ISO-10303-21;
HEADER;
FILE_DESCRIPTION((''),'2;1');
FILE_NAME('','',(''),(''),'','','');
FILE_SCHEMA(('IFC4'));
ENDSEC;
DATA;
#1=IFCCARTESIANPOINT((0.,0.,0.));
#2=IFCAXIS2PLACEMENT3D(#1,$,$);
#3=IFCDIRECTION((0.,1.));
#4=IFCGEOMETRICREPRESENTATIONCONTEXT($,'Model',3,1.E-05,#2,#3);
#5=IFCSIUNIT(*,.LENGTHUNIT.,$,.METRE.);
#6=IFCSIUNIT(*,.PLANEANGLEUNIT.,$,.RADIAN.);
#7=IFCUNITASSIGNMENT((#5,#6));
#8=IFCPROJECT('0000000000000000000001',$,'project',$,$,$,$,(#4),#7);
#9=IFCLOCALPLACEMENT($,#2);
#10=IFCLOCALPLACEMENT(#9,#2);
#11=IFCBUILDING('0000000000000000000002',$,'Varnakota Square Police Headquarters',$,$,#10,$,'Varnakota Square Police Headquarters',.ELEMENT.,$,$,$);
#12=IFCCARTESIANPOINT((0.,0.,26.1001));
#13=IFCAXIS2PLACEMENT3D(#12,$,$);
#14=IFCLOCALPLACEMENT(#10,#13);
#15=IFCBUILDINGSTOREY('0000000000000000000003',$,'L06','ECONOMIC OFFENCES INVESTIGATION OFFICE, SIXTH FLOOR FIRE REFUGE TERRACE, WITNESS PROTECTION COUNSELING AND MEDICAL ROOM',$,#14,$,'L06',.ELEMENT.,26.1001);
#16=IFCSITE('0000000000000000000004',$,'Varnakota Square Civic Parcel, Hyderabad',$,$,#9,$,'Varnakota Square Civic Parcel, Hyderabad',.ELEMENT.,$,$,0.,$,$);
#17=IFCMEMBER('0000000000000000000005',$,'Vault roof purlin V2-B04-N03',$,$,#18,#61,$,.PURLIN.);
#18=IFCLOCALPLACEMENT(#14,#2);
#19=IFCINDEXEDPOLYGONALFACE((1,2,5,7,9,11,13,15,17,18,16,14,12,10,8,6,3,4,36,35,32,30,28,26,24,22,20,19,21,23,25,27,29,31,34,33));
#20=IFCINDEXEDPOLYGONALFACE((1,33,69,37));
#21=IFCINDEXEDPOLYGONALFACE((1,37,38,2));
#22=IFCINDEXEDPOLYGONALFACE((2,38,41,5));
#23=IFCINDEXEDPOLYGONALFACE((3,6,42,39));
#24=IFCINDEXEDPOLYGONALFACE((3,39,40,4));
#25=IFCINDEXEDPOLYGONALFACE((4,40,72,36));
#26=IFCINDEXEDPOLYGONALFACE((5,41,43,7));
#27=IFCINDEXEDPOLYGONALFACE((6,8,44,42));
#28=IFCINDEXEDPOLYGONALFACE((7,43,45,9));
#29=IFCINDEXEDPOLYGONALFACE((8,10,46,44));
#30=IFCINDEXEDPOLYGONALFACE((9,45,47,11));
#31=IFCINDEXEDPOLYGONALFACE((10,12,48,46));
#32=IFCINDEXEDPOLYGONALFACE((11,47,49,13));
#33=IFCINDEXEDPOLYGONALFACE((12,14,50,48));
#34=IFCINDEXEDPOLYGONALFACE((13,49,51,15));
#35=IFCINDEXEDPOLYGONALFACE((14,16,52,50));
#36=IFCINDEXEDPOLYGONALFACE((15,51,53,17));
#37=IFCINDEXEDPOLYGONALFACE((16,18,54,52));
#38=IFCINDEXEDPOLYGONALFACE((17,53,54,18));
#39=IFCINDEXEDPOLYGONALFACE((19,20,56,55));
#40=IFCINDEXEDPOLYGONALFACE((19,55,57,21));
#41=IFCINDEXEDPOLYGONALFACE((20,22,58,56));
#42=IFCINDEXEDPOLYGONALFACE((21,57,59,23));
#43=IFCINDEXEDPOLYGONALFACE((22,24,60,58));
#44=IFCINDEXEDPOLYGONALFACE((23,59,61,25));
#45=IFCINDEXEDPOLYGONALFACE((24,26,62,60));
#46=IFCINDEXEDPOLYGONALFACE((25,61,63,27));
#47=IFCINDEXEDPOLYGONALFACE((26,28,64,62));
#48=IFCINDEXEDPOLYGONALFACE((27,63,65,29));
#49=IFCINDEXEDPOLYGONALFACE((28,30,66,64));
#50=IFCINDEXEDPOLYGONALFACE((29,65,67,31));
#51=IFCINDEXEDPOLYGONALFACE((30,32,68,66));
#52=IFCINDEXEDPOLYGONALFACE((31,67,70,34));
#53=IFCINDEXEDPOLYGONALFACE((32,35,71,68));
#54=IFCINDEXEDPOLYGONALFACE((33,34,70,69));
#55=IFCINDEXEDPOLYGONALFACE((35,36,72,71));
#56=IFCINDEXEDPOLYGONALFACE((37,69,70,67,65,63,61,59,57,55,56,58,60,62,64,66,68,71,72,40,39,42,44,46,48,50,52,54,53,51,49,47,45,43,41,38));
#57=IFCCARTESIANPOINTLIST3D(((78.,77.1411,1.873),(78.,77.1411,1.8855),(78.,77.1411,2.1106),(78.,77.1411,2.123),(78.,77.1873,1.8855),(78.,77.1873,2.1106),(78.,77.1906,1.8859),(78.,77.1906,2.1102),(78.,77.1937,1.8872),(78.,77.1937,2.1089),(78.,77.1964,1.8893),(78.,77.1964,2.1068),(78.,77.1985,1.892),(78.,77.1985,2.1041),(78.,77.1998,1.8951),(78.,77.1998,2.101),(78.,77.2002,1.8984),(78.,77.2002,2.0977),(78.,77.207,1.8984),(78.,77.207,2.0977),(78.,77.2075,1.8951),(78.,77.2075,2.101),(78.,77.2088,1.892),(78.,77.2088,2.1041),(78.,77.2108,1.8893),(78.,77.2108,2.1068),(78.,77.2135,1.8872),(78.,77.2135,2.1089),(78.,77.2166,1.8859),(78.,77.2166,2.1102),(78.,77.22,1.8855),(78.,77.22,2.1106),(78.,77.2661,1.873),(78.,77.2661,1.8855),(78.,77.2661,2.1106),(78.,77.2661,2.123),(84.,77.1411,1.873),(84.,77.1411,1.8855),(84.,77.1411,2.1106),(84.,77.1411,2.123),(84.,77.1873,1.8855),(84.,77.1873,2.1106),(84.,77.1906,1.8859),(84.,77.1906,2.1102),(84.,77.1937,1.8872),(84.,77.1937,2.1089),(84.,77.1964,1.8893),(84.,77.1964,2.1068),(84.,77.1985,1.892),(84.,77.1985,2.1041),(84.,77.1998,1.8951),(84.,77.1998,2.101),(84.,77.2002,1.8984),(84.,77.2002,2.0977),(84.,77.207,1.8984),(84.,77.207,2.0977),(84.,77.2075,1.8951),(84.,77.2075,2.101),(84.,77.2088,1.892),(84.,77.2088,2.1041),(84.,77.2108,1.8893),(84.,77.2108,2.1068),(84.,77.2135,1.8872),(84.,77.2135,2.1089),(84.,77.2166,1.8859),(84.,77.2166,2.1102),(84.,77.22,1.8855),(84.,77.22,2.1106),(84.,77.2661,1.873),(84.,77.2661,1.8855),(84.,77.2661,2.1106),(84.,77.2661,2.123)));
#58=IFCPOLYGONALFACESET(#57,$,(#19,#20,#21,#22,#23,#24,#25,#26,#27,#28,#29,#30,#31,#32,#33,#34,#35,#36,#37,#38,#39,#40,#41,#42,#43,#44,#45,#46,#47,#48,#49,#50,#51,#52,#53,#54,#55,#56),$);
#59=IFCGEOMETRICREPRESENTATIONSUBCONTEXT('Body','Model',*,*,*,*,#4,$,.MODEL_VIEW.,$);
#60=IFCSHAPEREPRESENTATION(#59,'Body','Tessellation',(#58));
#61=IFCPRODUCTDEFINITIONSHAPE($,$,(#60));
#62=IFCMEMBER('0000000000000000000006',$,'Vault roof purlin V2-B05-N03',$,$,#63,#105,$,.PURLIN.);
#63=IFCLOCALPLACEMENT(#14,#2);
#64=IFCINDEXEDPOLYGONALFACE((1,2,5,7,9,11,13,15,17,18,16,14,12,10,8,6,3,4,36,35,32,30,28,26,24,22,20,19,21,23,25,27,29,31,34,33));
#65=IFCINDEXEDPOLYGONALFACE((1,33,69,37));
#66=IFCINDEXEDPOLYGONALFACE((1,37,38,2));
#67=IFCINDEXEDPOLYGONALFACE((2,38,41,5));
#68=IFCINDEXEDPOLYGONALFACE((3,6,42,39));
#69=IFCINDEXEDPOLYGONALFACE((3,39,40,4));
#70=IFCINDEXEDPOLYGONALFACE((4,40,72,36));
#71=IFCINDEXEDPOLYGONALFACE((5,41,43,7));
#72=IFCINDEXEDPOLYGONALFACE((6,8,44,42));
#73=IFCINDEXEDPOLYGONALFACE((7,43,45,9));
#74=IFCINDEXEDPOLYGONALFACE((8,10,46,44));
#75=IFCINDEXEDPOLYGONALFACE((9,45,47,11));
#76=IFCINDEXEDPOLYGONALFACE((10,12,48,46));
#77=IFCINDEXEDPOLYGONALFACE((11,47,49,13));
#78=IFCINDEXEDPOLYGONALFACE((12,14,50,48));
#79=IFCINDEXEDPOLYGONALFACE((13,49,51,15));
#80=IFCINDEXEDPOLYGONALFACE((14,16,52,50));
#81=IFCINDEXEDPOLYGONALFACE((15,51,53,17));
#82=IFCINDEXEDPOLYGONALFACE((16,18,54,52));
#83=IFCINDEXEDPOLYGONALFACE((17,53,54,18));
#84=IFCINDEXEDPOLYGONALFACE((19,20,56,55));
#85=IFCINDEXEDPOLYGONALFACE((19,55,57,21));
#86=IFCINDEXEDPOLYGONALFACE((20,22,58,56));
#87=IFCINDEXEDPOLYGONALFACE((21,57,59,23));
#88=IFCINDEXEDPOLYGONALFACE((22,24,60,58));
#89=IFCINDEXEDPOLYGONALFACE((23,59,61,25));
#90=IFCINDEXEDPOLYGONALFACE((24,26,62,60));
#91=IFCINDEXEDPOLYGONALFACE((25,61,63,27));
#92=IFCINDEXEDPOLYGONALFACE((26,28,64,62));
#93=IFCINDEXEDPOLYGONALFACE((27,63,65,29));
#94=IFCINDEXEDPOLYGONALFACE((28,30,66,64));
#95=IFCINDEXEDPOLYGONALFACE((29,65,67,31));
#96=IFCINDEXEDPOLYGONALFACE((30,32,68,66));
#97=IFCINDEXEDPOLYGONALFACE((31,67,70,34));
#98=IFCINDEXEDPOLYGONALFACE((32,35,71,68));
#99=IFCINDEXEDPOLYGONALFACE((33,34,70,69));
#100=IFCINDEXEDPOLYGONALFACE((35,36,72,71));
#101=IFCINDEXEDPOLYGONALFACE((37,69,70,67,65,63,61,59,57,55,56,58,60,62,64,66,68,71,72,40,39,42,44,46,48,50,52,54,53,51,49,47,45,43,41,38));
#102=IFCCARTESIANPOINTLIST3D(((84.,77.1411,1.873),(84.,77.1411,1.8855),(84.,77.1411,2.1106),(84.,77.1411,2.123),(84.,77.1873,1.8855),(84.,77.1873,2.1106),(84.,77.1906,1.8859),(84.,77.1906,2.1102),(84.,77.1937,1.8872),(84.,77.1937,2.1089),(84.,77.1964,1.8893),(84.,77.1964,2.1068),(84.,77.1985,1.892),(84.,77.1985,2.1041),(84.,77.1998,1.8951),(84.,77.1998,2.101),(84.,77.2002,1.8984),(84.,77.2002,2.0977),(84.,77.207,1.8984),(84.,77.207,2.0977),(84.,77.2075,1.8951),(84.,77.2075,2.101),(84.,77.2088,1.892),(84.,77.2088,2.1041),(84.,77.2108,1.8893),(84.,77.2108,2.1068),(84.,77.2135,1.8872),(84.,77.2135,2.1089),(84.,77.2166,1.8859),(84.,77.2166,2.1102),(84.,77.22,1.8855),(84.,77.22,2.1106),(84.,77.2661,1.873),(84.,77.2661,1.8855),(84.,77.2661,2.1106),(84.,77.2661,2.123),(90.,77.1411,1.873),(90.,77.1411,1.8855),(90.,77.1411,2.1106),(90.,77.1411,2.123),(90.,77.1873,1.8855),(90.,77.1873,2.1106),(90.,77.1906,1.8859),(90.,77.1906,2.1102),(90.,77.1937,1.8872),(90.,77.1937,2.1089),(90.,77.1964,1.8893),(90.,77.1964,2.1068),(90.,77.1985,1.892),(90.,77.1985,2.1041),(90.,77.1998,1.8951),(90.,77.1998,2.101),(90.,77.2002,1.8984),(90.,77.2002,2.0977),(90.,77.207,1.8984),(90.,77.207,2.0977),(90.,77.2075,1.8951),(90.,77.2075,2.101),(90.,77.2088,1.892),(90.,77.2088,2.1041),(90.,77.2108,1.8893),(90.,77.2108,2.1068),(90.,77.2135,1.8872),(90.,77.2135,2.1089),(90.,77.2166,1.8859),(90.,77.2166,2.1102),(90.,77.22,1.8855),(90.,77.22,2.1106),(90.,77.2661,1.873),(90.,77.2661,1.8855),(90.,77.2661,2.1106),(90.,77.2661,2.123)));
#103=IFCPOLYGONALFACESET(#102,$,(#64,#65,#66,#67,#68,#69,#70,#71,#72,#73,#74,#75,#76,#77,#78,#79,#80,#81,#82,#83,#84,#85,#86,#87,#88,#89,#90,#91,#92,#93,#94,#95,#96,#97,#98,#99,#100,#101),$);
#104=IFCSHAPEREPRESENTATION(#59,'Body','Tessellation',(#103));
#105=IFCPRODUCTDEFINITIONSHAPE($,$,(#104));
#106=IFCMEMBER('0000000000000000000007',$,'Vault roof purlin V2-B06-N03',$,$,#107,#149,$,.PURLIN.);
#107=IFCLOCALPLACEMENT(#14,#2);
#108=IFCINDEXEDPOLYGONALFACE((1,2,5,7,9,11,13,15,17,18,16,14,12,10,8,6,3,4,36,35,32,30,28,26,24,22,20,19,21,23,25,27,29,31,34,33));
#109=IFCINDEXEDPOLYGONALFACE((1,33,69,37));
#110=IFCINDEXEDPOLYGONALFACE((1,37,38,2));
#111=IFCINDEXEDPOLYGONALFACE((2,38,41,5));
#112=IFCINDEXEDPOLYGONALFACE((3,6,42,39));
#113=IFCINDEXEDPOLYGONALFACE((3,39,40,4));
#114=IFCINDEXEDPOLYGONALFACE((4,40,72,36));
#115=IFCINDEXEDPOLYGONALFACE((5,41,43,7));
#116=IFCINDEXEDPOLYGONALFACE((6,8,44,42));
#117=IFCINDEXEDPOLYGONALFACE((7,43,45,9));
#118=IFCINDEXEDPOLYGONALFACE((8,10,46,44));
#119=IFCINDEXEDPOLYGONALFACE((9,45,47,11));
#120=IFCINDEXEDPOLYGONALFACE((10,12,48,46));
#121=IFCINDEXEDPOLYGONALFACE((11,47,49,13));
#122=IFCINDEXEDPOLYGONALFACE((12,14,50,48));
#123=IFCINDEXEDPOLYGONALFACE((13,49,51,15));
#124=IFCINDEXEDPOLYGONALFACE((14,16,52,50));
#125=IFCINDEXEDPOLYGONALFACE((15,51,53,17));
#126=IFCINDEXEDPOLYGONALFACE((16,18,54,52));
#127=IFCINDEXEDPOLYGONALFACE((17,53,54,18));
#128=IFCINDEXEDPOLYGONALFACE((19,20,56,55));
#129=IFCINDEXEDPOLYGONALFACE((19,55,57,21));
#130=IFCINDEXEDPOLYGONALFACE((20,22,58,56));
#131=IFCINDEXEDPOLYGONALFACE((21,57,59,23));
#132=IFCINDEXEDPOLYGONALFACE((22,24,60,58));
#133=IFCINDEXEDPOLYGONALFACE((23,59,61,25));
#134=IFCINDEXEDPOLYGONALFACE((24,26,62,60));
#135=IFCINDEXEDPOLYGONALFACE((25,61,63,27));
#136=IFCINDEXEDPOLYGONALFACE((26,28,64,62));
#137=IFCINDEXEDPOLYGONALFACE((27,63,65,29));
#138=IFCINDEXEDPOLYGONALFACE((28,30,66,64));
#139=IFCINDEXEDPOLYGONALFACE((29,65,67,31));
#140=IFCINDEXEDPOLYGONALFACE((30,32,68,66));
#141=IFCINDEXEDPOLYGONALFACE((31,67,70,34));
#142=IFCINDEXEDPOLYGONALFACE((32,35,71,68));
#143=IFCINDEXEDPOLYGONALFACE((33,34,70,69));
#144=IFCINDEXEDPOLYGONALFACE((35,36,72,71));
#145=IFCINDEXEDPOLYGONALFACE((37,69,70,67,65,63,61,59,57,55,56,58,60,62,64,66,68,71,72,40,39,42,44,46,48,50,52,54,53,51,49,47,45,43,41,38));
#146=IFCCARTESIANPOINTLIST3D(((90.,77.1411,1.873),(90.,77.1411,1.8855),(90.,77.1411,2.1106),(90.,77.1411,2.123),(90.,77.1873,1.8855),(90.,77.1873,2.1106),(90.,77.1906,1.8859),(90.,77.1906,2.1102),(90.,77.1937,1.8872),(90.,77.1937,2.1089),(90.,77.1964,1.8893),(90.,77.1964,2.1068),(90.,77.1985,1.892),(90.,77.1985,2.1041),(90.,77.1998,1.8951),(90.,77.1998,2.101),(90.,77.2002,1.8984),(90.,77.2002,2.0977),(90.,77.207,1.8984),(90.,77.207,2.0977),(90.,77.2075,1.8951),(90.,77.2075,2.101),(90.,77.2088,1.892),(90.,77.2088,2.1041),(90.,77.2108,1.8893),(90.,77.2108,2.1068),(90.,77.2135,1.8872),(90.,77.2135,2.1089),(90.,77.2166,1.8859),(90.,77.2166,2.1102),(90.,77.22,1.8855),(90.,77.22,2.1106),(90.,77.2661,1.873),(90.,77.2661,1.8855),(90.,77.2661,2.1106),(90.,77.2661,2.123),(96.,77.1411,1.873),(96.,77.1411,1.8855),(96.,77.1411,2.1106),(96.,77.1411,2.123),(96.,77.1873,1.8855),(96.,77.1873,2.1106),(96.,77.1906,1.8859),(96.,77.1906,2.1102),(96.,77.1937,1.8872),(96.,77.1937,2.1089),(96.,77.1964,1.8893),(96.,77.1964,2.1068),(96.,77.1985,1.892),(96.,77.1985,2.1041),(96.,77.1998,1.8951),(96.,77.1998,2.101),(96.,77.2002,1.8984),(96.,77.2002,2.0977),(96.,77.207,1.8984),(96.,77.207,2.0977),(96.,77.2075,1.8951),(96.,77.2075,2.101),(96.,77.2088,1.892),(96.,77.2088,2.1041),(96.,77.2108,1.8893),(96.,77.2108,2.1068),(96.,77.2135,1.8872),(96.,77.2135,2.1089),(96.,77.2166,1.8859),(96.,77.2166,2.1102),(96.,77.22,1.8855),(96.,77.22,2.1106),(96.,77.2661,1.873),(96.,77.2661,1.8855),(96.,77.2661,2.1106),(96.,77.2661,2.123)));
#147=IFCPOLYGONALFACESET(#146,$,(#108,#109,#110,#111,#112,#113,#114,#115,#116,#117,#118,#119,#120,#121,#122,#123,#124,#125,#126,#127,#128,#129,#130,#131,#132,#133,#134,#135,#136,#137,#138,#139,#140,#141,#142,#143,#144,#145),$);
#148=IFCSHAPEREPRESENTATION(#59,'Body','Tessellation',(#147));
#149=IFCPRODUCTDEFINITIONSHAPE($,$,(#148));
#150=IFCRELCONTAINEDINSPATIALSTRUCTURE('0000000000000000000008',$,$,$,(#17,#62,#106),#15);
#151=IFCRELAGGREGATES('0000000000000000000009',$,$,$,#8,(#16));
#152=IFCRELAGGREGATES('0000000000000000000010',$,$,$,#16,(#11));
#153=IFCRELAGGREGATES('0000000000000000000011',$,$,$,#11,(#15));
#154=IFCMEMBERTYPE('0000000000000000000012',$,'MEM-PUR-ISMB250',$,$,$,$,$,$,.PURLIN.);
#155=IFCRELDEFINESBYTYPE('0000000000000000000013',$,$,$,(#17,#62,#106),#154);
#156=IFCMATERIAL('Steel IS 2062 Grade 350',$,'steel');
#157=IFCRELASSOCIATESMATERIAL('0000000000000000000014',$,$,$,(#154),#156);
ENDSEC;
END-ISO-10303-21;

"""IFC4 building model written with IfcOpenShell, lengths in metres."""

from ifc_helpers import new_model, si_unit, direction, frame, origin, origin_2d, place, context, subcontext, project, spatial, i_section, extrude, material, material_profile, profile_set, type_object, element, save


model = new_model("IFC4")

# Units and contexts
model_context = context("Model", 3, precision=1e-05, world=origin(), true_north=direction((0.0, 1.0)))
body_context = subcontext(model_context, "Body", "Model", "MODEL_VIEW")
ifc_project = project(units=[si_unit("LENGTHUNIT", "METRE"), si_unit("PLANEANGLEUNIT", "RADIAN")], contexts=[model_context])

# Site, building, storey
site_placement = place(None, origin())
site = spatial("IfcSite", under=ifc_project, at=site_placement, Name="Varnakota Square Civic Parcel, Hyderabad", LongName="Varnakota Square Civic Parcel, Hyderabad", CompositionType="ELEMENT", RefElevation=0.0)
building_placement = place(site_placement, origin())
building = spatial("IfcBuilding", under=site, at=building_placement, Name="Varnakota Square Police Headquarters", LongName="Varnakota Square Police Headquarters", CompositionType="ELEMENT")
storey_placement = place(building_placement, frame((0.0, 0.0, 26.1001)))
storey = spatial("IfcBuildingStorey", under=building, at=storey_placement, Name="L06", Description="ECONOMIC OFFENCES INVESTIGATION OFFICE, SIXTH FLOOR FIRE REFUGE TERRACE, WITNESS PROTECTION COUNSELING AND MEDICAL ROOM", LongName="L06", CompositionType="ELEMENT", Elevation=26.1001)

# Shared definitions
ifc_material_1 = material(Name="Steel IS 2062 Grade 350", Category="steel")

# Members
ifc_material_profile_1 = material_profile(ifc_material_1, i_section(OverallWidth=0.125, OverallDepth=0.25, WebThickness=0.0068, FlangeThickness=0.0125, FilletRadius=0.0129, at=origin_2d()), Name="ISMB 250")
ifc_profile_set_1 = profile_set([ifc_material_profile_1], Name="Steel IS 2062 Grade 350")
member_type_1 = type_object("IfcMemberType", Name="MEM-PUR-ISMB250", PredefinedType="PURLIN", material=ifc_profile_set_1)
for number, where, z_axis, x_axis, name in (
    (1, (78.0, 77.2036, 1.998), (1.0, 0.0, 0.0), (0.0, 1.0, 0.0), "Vault roof purlin V2-B04-N03"),
    (2, (84.0, 77.2036, 1.998), (1.0, 0.0, 0.0), (0.0, 1.0, 0.0), "Vault roof purlin V2-B05-N03"),
    (3, (90.0, 77.2036, 1.998), (1.0, 0.0, 0.0), (0.0, 1.0, 0.0), "Vault roof purlin V2-B06-N03"),
):
    element("IfcMember", number, at=place(storey_placement, frame(where, z_axis=z_axis, x_axis=x_axis)), inside=storey, type_object=member_type_1, Name=name, PredefinedType="PURLIN", context=body_context, shape_type="SweptSolid", body=[
        extrude(i_section(OverallWidth=0.125, OverallDepth=0.25, WebThickness=0.0068, FlangeThickness=0.0125, FilletRadius=0.0129, at=origin_2d()), origin(), (0.0, 0.0, 1.0), 6.0),
    ])

save(model, "model.ifc")
